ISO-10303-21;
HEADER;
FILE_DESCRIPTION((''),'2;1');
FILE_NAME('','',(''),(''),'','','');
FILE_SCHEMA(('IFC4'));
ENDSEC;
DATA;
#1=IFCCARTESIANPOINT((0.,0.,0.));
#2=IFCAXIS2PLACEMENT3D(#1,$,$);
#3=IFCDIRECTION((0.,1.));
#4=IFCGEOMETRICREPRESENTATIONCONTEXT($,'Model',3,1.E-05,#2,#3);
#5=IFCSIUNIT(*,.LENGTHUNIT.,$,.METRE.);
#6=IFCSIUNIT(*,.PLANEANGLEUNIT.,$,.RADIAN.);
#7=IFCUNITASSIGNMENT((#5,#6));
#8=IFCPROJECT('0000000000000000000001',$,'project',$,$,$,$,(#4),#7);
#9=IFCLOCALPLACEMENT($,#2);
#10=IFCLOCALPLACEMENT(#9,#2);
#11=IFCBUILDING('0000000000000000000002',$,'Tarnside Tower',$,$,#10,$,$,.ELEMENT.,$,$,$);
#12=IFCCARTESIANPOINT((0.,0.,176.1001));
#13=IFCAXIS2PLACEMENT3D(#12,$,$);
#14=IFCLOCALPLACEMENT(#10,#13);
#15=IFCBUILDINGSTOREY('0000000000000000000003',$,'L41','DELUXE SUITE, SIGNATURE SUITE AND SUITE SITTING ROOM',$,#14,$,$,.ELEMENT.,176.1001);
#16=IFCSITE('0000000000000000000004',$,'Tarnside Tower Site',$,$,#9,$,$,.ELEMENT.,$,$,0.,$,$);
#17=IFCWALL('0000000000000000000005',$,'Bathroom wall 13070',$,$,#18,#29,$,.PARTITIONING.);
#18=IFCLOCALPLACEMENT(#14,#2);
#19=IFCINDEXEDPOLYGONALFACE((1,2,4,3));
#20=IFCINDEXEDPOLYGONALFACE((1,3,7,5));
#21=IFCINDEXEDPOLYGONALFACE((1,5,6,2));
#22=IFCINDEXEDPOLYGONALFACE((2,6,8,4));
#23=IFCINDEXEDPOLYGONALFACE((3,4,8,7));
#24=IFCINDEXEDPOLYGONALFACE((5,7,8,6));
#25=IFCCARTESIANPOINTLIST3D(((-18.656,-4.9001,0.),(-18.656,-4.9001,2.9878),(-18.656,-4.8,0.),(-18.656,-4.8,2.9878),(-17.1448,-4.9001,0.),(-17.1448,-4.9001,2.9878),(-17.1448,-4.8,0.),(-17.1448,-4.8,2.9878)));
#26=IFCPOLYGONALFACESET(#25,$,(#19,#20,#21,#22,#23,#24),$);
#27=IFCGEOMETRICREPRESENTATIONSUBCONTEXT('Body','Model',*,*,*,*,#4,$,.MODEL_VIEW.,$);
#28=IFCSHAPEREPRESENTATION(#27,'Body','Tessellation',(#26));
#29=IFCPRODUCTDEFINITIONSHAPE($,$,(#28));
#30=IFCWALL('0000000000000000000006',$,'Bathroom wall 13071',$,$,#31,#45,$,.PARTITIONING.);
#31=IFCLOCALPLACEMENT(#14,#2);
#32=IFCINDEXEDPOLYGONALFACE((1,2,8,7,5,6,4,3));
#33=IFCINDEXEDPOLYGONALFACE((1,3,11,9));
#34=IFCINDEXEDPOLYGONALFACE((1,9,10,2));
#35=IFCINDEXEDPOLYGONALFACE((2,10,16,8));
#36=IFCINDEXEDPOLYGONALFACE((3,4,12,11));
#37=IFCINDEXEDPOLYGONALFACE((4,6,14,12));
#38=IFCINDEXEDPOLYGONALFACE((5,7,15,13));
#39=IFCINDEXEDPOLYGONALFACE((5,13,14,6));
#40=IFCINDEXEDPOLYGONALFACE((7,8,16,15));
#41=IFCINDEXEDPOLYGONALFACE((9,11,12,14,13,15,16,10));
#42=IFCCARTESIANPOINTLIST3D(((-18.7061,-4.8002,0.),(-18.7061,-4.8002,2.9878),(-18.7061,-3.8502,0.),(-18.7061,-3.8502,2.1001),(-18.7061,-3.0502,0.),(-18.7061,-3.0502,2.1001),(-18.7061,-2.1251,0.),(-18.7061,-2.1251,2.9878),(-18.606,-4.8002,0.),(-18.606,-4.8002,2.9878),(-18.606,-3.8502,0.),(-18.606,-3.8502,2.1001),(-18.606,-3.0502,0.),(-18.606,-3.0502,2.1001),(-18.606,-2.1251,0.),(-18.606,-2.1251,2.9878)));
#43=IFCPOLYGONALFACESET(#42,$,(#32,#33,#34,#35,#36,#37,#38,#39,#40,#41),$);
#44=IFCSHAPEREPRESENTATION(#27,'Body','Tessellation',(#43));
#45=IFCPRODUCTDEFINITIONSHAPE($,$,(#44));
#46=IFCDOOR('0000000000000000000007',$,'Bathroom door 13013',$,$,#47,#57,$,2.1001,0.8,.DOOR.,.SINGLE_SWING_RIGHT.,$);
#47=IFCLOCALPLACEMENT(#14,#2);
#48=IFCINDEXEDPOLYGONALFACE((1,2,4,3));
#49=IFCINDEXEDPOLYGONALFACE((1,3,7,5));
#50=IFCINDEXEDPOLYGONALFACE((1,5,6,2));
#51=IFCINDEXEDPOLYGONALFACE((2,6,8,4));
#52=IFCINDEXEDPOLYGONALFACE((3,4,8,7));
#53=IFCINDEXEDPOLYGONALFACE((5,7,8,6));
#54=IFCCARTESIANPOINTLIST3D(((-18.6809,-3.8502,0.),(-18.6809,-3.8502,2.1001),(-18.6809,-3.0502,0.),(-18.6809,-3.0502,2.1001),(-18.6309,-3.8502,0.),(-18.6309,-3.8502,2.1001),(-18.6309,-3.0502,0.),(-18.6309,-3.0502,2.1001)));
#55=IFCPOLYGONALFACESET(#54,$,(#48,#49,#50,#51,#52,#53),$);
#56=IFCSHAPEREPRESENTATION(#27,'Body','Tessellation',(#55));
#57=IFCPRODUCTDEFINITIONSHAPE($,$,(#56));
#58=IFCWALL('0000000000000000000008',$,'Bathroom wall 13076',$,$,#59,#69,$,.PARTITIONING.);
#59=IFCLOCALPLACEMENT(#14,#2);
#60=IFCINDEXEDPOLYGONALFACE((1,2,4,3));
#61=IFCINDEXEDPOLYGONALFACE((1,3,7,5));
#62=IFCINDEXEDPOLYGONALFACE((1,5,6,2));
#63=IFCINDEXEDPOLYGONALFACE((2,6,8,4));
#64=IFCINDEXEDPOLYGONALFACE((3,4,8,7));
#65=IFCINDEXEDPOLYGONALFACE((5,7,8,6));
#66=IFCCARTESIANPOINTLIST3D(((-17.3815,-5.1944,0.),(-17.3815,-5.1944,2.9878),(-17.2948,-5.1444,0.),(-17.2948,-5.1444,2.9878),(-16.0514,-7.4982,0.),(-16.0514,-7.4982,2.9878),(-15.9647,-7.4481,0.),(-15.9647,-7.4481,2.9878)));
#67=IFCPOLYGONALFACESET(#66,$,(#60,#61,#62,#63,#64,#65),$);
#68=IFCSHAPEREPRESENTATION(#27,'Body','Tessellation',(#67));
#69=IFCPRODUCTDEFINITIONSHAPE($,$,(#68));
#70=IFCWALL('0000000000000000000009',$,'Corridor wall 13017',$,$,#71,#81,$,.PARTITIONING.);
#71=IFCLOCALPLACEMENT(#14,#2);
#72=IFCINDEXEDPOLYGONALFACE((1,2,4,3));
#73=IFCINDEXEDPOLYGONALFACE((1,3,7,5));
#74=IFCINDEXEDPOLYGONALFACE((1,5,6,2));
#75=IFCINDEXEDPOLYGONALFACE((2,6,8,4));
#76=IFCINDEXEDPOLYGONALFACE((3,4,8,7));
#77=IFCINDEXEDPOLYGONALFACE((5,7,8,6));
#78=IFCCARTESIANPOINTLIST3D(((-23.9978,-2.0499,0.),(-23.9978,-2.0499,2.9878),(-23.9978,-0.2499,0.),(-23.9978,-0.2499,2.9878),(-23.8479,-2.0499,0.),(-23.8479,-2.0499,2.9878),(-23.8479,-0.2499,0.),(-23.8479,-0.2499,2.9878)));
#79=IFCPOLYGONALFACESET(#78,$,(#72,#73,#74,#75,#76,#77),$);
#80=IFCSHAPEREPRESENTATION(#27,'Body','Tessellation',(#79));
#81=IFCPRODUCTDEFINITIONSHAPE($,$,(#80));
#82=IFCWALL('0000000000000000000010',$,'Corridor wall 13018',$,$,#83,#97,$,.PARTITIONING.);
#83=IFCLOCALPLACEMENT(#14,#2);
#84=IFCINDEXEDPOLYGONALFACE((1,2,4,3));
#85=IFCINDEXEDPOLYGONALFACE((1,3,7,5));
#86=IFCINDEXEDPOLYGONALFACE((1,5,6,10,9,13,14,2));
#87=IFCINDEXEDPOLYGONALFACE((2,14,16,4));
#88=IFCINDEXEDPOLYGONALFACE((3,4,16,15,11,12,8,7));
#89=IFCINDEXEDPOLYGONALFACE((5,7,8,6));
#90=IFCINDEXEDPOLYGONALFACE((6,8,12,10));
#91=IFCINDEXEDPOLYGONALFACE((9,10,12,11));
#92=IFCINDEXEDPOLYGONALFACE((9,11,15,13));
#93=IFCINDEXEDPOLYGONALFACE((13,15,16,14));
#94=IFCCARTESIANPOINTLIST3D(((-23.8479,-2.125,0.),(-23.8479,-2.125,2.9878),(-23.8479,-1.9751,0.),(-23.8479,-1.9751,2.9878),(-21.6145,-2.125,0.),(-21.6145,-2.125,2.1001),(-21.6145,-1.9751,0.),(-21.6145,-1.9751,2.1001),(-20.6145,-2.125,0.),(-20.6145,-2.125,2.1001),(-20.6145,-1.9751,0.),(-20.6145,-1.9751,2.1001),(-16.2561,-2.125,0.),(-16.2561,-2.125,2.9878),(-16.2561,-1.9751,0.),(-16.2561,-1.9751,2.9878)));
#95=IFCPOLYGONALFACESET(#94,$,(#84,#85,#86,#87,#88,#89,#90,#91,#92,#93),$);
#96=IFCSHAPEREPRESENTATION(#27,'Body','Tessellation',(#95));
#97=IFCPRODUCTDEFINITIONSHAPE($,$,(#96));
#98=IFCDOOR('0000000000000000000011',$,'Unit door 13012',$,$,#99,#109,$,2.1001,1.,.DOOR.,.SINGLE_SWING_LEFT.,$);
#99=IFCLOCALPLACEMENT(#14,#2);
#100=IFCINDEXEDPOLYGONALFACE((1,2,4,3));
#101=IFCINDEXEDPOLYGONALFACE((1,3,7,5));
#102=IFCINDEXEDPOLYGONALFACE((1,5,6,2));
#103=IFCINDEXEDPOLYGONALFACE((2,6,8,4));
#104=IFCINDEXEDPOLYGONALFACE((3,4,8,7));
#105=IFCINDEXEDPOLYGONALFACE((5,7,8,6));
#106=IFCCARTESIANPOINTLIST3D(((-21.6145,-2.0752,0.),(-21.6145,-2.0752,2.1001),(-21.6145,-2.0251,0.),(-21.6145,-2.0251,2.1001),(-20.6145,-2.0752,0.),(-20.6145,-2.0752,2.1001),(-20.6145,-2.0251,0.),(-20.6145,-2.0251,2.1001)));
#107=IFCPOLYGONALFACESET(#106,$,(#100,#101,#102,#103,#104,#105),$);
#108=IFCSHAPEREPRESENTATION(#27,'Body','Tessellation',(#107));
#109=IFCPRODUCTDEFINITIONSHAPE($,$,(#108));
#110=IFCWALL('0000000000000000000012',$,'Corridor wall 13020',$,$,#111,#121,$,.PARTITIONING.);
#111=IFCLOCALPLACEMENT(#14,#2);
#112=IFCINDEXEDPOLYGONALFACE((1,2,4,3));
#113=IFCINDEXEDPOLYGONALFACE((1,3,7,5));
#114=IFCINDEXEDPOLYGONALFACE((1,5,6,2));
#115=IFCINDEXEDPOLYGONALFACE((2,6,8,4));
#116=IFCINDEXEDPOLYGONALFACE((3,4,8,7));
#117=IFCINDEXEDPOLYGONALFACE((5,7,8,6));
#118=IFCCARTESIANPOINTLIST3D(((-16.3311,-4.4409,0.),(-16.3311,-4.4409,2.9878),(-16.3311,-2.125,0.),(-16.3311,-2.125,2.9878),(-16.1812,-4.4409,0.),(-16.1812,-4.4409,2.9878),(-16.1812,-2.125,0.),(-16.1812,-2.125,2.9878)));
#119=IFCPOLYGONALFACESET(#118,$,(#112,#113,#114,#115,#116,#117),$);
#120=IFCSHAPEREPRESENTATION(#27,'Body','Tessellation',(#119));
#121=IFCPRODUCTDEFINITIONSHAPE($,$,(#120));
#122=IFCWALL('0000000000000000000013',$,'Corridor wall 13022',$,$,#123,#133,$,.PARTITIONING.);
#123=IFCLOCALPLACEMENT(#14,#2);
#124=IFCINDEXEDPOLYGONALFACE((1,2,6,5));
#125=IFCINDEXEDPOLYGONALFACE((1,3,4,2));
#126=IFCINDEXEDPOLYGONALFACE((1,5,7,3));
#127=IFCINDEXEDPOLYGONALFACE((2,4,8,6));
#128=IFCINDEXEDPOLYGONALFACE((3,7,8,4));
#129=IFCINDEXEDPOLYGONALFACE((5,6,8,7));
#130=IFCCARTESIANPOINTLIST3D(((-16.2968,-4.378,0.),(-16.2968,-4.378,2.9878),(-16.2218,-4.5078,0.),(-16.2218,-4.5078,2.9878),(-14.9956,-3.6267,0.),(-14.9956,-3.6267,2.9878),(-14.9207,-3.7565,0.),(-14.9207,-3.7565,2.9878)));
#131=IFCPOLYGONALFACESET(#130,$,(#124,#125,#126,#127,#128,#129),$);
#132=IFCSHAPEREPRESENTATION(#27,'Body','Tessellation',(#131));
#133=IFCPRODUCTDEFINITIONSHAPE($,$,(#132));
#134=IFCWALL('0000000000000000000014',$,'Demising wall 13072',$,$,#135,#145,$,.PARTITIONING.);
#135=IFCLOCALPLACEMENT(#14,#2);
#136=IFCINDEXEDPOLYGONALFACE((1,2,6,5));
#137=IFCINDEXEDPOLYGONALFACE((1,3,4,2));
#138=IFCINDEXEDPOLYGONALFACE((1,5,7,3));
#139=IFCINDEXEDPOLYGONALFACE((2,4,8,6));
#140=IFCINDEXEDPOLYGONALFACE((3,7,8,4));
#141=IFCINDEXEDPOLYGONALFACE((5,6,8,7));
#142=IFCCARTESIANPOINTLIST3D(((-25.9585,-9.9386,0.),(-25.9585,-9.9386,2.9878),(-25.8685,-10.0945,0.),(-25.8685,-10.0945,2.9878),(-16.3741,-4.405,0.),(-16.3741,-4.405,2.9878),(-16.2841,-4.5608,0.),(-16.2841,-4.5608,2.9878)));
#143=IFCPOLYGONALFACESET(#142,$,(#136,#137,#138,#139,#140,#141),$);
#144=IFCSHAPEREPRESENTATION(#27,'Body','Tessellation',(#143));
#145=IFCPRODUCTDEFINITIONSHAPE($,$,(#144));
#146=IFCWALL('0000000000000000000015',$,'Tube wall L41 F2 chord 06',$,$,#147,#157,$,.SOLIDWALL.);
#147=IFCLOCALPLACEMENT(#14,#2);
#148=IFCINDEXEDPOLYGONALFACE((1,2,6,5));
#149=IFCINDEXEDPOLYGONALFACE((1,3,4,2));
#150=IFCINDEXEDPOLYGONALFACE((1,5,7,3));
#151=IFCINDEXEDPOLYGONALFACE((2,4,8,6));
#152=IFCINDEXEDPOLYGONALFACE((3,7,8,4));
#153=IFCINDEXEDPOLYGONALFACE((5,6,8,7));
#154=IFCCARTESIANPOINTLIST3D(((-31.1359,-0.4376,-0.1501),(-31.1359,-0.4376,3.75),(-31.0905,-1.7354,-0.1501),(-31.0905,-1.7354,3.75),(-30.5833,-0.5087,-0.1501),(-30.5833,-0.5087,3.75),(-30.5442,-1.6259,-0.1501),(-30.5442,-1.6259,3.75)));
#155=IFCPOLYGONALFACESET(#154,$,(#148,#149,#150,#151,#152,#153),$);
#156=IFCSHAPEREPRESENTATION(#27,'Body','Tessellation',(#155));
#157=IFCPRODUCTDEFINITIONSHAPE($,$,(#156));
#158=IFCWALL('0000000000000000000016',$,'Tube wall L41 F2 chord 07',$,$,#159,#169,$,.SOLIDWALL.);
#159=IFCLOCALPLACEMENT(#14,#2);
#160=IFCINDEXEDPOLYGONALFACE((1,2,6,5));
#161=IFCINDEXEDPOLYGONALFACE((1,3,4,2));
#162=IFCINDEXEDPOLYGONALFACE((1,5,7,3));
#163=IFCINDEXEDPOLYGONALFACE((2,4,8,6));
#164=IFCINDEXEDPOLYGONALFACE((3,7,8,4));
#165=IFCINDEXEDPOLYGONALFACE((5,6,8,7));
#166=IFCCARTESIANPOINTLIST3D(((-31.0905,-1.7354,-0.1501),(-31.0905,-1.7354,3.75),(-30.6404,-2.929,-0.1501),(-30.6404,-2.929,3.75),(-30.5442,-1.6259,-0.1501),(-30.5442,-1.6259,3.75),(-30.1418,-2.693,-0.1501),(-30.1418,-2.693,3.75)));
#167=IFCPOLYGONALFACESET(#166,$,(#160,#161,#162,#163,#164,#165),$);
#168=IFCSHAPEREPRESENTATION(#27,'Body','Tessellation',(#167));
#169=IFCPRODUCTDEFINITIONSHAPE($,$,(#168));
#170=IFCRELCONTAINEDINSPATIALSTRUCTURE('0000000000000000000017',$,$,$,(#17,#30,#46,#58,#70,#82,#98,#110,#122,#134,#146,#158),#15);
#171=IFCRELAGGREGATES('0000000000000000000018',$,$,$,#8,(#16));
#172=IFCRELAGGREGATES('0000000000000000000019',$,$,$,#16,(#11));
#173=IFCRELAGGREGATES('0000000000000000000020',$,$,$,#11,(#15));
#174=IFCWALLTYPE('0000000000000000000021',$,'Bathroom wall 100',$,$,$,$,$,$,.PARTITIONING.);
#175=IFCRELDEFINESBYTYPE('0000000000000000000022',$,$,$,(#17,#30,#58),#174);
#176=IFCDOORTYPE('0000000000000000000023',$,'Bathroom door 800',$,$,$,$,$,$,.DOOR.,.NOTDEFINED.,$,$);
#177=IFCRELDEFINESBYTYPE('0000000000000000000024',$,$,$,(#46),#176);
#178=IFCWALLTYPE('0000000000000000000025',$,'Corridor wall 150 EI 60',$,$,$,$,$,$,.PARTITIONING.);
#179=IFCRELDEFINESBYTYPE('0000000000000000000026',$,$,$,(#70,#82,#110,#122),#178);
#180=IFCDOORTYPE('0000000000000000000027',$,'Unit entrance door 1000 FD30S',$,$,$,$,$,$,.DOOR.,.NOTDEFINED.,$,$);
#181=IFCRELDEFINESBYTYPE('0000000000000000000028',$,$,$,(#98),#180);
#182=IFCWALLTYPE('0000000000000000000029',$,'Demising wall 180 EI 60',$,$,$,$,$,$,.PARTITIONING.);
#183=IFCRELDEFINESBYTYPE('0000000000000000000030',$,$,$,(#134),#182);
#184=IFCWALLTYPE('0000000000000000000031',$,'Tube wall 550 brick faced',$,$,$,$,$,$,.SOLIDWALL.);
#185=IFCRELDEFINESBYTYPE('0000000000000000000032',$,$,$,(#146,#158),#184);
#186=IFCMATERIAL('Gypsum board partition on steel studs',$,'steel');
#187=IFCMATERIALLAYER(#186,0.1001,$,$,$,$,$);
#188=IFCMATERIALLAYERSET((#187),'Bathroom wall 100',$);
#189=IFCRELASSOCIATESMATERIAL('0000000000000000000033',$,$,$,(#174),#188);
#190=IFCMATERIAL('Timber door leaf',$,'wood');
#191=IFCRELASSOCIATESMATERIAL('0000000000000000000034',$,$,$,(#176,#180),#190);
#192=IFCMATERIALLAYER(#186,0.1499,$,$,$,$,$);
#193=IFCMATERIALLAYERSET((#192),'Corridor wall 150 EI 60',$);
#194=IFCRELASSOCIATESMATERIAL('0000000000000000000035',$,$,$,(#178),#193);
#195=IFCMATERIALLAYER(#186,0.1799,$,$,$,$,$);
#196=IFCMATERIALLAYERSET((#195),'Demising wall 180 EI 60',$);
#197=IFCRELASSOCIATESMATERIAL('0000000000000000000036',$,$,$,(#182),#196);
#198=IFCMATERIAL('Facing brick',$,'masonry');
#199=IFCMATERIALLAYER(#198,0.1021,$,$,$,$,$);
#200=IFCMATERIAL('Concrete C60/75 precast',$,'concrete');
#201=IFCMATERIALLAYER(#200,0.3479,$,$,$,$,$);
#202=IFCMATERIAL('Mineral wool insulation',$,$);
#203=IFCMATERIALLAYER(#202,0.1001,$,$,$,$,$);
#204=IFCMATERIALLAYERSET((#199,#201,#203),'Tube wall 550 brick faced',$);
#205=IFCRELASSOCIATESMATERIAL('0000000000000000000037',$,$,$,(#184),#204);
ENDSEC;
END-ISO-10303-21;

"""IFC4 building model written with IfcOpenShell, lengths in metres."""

from ifc_helpers import new_model, si_unit, direction, frame, frame_2d, origin, place, context, subcontext, project, spatial, polyline, rectangle, outline, extrude, material, layer, layer_set, type_object, element, fill, save


model = new_model("IFC4")

# Units and contexts
model_context = context("Model", 3, precision=1e-05, world=origin(), true_north=direction((0.0, 1.0)))
body_context = subcontext(model_context, "Body", "Model", "MODEL_VIEW")
ifc_project = project(units=[si_unit("LENGTHUNIT", "METRE"), si_unit("PLANEANGLEUNIT", "RADIAN")], contexts=[model_context])

# Site, building, storey
site_placement = place(None, origin())
site = spatial("IfcSite", under=ifc_project, at=site_placement, Name="Tarnside Tower Site", CompositionType="ELEMENT", RefElevation=0.0)
building_placement = place(site_placement, origin())
building = spatial("IfcBuilding", under=site, at=building_placement, Name="Tarnside Tower", CompositionType="ELEMENT")
storey_placement = place(building_placement, frame((0.0, 0.0, 176.1001)))
storey = spatial("IfcBuildingStorey", under=building, at=storey_placement, Name="L41", Description="DELUXE SUITE, SIGNATURE SUITE AND SUITE SITTING ROOM", CompositionType="ELEMENT", Elevation=176.1001)

# Wall
ifc_material_1 = material(Name="Gypsum board partition on steel studs", Category="steel")
ifc_layer_1 = layer(ifc_material_1, 0.1001)
ifc_layer_set_1 = layer_set([ifc_layer_1], Name="Bathroom wall 100")
wall_type_1 = type_object("IfcWallType", Name="Bathroom wall 100", PredefinedType="PARTITIONING", material=ifc_layer_set_1)
wall_1_placement = place(storey_placement, frame((-17.1448, -4.8501, 0.0), z_axis=(0.0, 0.0, 1.0), x_axis=(-1.0, 0.0, 0.0)))
element("IfcWall", 1, at=wall_1_placement, inside=storey, type_object=wall_type_1, Name="Bathroom wall 13070", PredefinedType="PARTITIONING", context=body_context, shape_type="SweptSolid", body=[
    extrude(rectangle(XDim=1.5112, YDim=0.1001, at=frame_2d((0.7556, 0.0))), origin(), (0.0, 0.0, 1.0), 2.9878),
])

# Wall, opening, door
wall_2_placement = place(storey_placement, frame((-18.656, -4.8, 0.0), z_axis=(0.0, 0.0, 1.0), x_axis=(0.0, 1.0, 0.0)))
wall_2 = element("IfcWall", 2, at=wall_2_placement, inside=storey, type_object=wall_type_1, Name="Bathroom wall 13071", PredefinedType="PARTITIONING", context=body_context, shape_type="SweptSolid", body=[
    extrude(rectangle(XDim=2.675, YDim=0.1001, at=frame_2d((1.3374, 0.0))), origin(), (0.0, 0.0, 1.0), 2.9878),
])
opening_1_placement = place(wall_2_placement, frame((0.95, 0.0, 0.0)))
opening_1 = element("IfcOpeningElement", 3, at=opening_1_placement, cuts=wall_2, PredefinedType="OPENING", context=body_context, shape_type="SweptSolid", body=[
    extrude(rectangle(XDim=0.8, YDim=2.1001, at=frame_2d((0.3999, 1.05))), frame((0.0, 0.0601, 0.0), z_axis=(0.0, -1.0, 0.0), x_axis=(1.0, 0.0, 0.0)), (0.0, 0.0, 1.0), 0.1201),
])
ifc_material_2 = material(Name="Timber door leaf", Category="wood")
door_type_1 = type_object("IfcDoorType", Name="Bathroom door 800", OperationType="NOTDEFINED", PredefinedType="DOOR", material=ifc_material_2)
door_1_placement = place(opening_1_placement, origin())
door_1 = element("IfcDoor", 4, at=door_1_placement, inside=storey, type_object=door_type_1, Name="Bathroom door 13013", OperationType="SINGLE_SWING_RIGHT", OverallHeight=2.1001, OverallWidth=0.8, PredefinedType="DOOR", context=body_context, shape_type="SweptSolid", body=[
    extrude(rectangle(XDim=0.8, YDim=2.1001, at=frame_2d((0.3999, 1.05))), frame((0.0, 0.0249, 0.0), z_axis=(0.0, -1.0, 0.0), x_axis=(1.0, 0.0, 0.0)), (0.0, 0.0, 1.0), 0.05),
])
fill(opening_1, door_1)

# Walls
wall_3_placement = place(storey_placement, frame((-16.0081, -7.4731, 0.0), z_axis=(0.0, 0.0, 1.0), x_axis=(-0.500008, 0.866021, 0.0)))
element("IfcWall", 5, at=wall_3_placement, inside=storey, type_object=wall_type_1, Name="Bathroom wall 13076", PredefinedType="PARTITIONING", context=body_context, shape_type="SweptSolid", body=[
    extrude(rectangle(XDim=2.6602, YDim=0.1001, at=frame_2d((1.3301, 0.0))), origin(), (0.0, 0.0, 1.0), 2.9878),
])
ifc_layer_2 = layer(ifc_material_1, 0.1499)
ifc_layer_set_2 = layer_set([ifc_layer_2], Name="Corridor wall 150 EI 60")
wall_type_2 = type_object("IfcWallType", Name="Corridor wall 150 EI 60", PredefinedType="PARTITIONING", material=ifc_layer_set_2)
wall_4_placement = place(storey_placement, frame((-23.9229, -0.25, 0.0), z_axis=(0.0, 0.0, 1.0), x_axis=(0.0, -1.0, 0.0)))
element("IfcWall", 6, at=wall_4_placement, inside=storey, type_object=wall_type_2, Name="Corridor wall 13017", PredefinedType="PARTITIONING", context=body_context, shape_type="SweptSolid", body=[
    extrude(rectangle(XDim=1.8, YDim=0.1499, at=frame_2d((0.8999, 0.0))), origin(), (0.0, 0.0, 1.0), 2.9878),
])

# Wall, opening, door
wall_5_placement = place(storey_placement, frame((-23.8479, -2.05, 0.0), z_axis=(0.0, 0.0, 1.0), x_axis=(1.0, 0.0, 0.0)))
wall_5 = element("IfcWall", 7, at=wall_5_placement, inside=storey, type_object=wall_type_2, Name="Corridor wall 13018", PredefinedType="PARTITIONING", context=body_context, shape_type="SweptSolid", body=[
    extrude(rectangle(XDim=7.5918, YDim=0.1499, at=frame_2d((3.7959, 0.0))), origin(), (0.0, 0.0, 1.0), 2.9878),
])
opening_2_placement = place(wall_5_placement, frame((2.2334, 0.0, 0.0)))
opening_2 = element("IfcOpeningElement", 8, at=opening_2_placement, cuts=wall_5, PredefinedType="OPENING", context=body_context, shape_type="SweptSolid", body=[
    extrude(rectangle(XDim=1.0, YDim=2.1001, at=frame_2d((0.5, 1.05))), frame((0.0, 0.085, 0.0), z_axis=(0.0, -1.0, 0.0), x_axis=(1.0, 0.0, 0.0)), (0.0, 0.0, 1.0), 0.1699),
])
door_type_2 = type_object("IfcDoorType", Name="Unit entrance door 1000 FD30S", OperationType="NOTDEFINED", PredefinedType="DOOR", material=ifc_material_2)
door_2_placement = place(opening_2_placement, origin())
door_2 = element("IfcDoor", 9, at=door_2_placement, inside=storey, type_object=door_type_2, Name="Unit door 13012", OperationType="SINGLE_SWING_LEFT", OverallHeight=2.1001, OverallWidth=1.0, PredefinedType="DOOR", context=body_context, shape_type="SweptSolid", body=[
    extrude(rectangle(XDim=1.0, YDim=2.1001, at=frame_2d((0.5, 1.05))), frame((0.0, 0.0249, 0.0), z_axis=(0.0, -1.0, 0.0), x_axis=(1.0, 0.0, 0.0)), (0.0, 0.0, 1.0), 0.05),
])
fill(opening_2, door_2)

# Walls
wall_6_placement = place(storey_placement, frame((-16.2561, -2.125, 0.0), z_axis=(0.0, 0.0, 1.0), x_axis=(0.0, -1.0, 0.0)))
element("IfcWall", 10, at=wall_6_placement, inside=storey, type_object=wall_type_2, Name="Corridor wall 13020", PredefinedType="PARTITIONING", context=body_context, shape_type="SweptSolid", body=[
    extrude(rectangle(XDim=2.3159, YDim=0.1499, at=frame_2d((1.158, 0.0))), origin(), (0.0, 0.0, 1.0), 2.9878),
])
wall_7_placement = place(storey_placement, frame((-16.2593, -4.4429, 0.0), z_axis=(0.0, 0.0, 1.0), x_axis=(0.866004, 0.500037, 0.0)))
element("IfcWall", 11, at=wall_7_placement, inside=storey, type_object=wall_type_2, Name="Corridor wall 13022", PredefinedType="PARTITIONING", context=body_context, shape_type="SweptSolid", body=[
    extrude(rectangle(XDim=1.5024, YDim=0.1499, at=frame_2d((0.7512, 0.0))), origin(), (0.0, 0.0, 1.0), 2.9878),
])
ifc_layer_3 = layer(ifc_material_1, 0.1799)
ifc_layer_set_3 = layer_set([ifc_layer_3], Name="Demising wall 180 EI 60")
wall_type_3 = type_object("IfcWallType", Name="Demising wall 180 EI 60", PredefinedType="PARTITIONING", material=ifc_layer_set_3)
wall_8_placement = place(storey_placement, frame((-25.9136, -10.0166, 0.0), z_axis=(0.0, 0.0, 1.0), x_axis=(0.866022, 0.500006, 0.0)))
element("IfcWall", 12, at=wall_8_placement, inside=storey, type_object=wall_type_3, Name="Demising wall 13072", PredefinedType="PARTITIONING", context=body_context, shape_type="SweptSolid", body=[
    extrude(rectangle(XDim=11.0671, YDim=0.1799, at=frame_2d((5.5337, 0.0))), origin(), (0.0, 0.0, 1.0), 2.9878),
])
ifc_material_3 = material(Name="Facing brick", Category="masonry")
ifc_layer_4 = layer(ifc_material_3, 0.1021)
ifc_material_4 = material(Name="Concrete C60/75 precast", Category="concrete")
ifc_layer_5 = layer(ifc_material_4, 0.3479)
ifc_material_5 = material(Name="Mineral wool insulation")
ifc_layer_6 = layer(ifc_material_5, 0.1001)
ifc_layer_set_4 = layer_set([ifc_layer_4, ifc_layer_5, ifc_layer_6], Name="Tube wall 550 brick faced")
wall_type_4 = type_object("IfcWallType", Name="Tube wall 550 brick faced", PredefinedType="SOLIDWALL", material=ifc_layer_set_4)
wall_9_placement = place(storey_placement, frame((-30.8596, -0.4731, -0.1501), z_axis=(0.0, 0.0, 1.0), x_axis=(0.034956, -0.999389, 0.0)))
element("IfcWall", 13, at=wall_9_placement, inside=storey, type_object=wall_type_4, Name="Tube wall L41 F2 chord 06", PredefinedType="SOLIDWALL", context=body_context, shape_type="SweptSolid", body=[
    extrude(outline(polyline([(-0.0452, -0.2749), (1.2534, -0.2749), (1.1631, 0.2749), (0.0452, 0.2749), (-0.0452, -0.2749)])), origin(), (0.0, 0.0, 1.0), 3.9001),
])
wall_10_placement = place(storey_placement, frame((-30.8174, -1.6807, -0.1501), z_axis=(0.0, 0.0, 1.0), x_axis=(0.35285, -0.93568, 0.0)))
element("IfcWall", 14, at=wall_10_placement, inside=storey, type_object=wall_type_4, Name="Tube wall L41 F2 chord 07", PredefinedType="SOLIDWALL", context=body_context, shape_type="SweptSolid", body=[
    extrude(outline(polyline([(-0.0452, -0.2749), (1.2305, -0.2749), (1.1855, 0.2749), (0.0452, 0.2749), (-0.0452, -0.2749)])), origin(), (0.0, 0.0, 1.0), 3.9001),
])

save(model, "model.ifc")
